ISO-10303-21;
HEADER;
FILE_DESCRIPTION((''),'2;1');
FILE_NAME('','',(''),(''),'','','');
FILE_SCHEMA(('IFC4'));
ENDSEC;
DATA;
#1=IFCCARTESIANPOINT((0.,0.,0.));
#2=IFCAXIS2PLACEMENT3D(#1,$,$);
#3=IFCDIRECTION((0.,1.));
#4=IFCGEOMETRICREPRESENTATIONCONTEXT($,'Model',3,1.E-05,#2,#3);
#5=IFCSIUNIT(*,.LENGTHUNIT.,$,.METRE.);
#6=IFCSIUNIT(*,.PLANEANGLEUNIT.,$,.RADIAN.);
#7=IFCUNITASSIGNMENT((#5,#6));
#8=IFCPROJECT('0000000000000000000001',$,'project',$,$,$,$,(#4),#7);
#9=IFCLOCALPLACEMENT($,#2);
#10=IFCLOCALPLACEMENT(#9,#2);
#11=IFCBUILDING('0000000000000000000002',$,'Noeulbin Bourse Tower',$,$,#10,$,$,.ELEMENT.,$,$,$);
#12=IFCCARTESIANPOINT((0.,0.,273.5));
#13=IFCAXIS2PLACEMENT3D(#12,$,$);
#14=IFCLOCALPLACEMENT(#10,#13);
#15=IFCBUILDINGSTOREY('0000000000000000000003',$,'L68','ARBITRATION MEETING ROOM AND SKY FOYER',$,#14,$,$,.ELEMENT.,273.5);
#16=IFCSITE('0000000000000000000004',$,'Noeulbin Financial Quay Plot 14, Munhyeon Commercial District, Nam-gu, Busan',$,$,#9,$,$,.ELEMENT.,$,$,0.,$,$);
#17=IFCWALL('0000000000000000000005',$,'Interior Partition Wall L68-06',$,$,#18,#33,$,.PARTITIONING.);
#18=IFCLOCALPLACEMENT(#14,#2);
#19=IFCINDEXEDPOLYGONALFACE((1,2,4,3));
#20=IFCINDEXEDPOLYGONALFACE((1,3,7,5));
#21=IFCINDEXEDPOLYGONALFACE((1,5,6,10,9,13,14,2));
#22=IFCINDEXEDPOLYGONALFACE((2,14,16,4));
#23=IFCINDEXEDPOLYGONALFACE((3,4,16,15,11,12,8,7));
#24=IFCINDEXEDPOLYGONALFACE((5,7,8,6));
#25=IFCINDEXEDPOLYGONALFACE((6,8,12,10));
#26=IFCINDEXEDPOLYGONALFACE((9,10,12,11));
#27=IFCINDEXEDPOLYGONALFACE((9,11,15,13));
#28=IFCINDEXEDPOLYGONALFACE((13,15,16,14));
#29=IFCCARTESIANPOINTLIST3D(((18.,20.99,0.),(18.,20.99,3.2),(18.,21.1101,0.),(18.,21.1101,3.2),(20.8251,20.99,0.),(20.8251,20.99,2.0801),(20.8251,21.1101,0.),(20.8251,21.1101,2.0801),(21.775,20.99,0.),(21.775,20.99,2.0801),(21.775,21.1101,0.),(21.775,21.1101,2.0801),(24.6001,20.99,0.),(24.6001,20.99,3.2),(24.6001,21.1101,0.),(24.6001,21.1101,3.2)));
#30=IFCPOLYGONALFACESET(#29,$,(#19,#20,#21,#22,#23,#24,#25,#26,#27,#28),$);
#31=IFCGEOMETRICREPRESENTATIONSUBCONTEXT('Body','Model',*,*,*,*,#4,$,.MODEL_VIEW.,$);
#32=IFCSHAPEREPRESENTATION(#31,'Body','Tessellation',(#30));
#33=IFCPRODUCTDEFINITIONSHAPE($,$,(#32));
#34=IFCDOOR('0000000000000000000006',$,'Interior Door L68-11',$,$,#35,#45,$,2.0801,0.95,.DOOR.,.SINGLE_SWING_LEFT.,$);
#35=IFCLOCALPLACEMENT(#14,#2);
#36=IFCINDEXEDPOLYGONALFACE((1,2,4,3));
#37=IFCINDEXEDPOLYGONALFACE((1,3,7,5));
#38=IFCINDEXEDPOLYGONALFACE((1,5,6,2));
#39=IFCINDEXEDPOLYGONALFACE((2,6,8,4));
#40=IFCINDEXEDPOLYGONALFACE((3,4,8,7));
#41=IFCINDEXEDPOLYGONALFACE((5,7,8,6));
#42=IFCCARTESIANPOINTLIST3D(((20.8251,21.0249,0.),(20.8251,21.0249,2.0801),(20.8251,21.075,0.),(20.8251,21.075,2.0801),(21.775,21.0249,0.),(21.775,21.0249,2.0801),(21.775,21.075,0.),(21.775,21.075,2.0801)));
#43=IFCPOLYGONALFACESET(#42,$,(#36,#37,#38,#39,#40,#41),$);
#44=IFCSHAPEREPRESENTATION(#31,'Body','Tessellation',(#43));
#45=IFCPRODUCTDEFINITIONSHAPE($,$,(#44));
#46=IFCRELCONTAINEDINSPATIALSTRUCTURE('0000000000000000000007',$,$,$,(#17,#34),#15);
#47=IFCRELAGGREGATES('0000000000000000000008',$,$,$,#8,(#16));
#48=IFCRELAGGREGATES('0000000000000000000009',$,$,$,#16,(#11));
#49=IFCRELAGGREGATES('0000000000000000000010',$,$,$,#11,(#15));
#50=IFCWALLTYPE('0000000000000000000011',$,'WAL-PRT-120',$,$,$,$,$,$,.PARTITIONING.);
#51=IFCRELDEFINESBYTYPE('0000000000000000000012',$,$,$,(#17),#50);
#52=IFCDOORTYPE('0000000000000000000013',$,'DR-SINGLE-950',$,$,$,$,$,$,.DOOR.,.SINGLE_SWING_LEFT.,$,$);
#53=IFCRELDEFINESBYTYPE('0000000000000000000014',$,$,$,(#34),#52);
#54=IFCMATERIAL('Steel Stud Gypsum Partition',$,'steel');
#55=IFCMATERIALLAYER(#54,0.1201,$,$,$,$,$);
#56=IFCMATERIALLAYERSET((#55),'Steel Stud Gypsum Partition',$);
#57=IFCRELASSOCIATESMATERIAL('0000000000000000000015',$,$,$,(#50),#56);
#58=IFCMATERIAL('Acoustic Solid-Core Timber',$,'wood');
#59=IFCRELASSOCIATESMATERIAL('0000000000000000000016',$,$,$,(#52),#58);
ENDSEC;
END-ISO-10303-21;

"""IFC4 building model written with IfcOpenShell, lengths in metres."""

from ifc_helpers import new_model, si_unit, direction, frame, frame_2d, origin, place, context, subcontext, project, spatial, rectangle, extrude, material, layer, layer_set, type_object, element, fill, save


model = new_model("IFC4")

# Units and contexts
model_context = context("Model", 3, precision=1e-05, world=origin(), true_north=direction((0.0, 1.0)))
body_context = subcontext(model_context, "Body", "Model", "MODEL_VIEW")
ifc_project = project(units=[si_unit("LENGTHUNIT", "METRE"), si_unit("PLANEANGLEUNIT", "RADIAN")], contexts=[model_context])

# Site, building, storey
site_placement = place(None, origin())
site = spatial("IfcSite", under=ifc_project, at=site_placement, Name="Noeulbin Financial Quay Plot 14, Munhyeon Commercial District, Nam-gu, Busan", CompositionType="ELEMENT", RefElevation=0.0)
building_placement = place(site_placement, origin())
building = spatial("IfcBuilding", under=site, at=building_placement, Name="Noeulbin Bourse Tower", CompositionType="ELEMENT")
storey_placement = place(building_placement, frame((0.0, 0.0, 273.5)))
storey = spatial("IfcBuildingStorey", under=building, at=storey_placement, Name="L68", Description="ARBITRATION MEETING ROOM AND SKY FOYER", CompositionType="ELEMENT", Elevation=273.5)

# Wall, opening, door
ifc_material_1 = material(Name="Steel Stud Gypsum Partition", Category="steel")
ifc_layer_1 = layer(ifc_material_1, 0.1201)
ifc_layer_set_1 = layer_set([ifc_layer_1], Name="Steel Stud Gypsum Partition")
wall_type_1 = type_object("IfcWallType", Name="WAL-PRT-120", PredefinedType="PARTITIONING", material=ifc_layer_set_1)
wall_1_placement = place(storey_placement, frame((18.0, 21.05, 0.0), z_axis=(0.0, 0.0, 1.0), x_axis=(1.0, 0.0, 0.0)))
wall_1 = element("IfcWall", 1, at=wall_1_placement, inside=storey, type_object=wall_type_1, Name="Interior Partition Wall L68-06", PredefinedType="PARTITIONING", context=body_context, shape_type="SweptSolid", body=[
    extrude(rectangle(XDim=6.6001, YDim=0.1201, at=frame_2d((3.3, 0.0))), origin(), (0.0, 0.0, 1.0), 3.2),
])
opening_1_placement = place(wall_1_placement, frame((2.825, 0.0, 0.0)))
opening_1 = element("IfcOpeningElement", 2, at=opening_1_placement, cuts=wall_1, PredefinedType="OPENING", context=body_context, shape_type="SweptSolid", body=[
    extrude(rectangle(XDim=0.95, YDim=2.0801, at=frame_2d((0.4751, 1.04))), frame((0.0, 0.0701, 0.0), z_axis=(0.0, -1.0, 0.0), x_axis=(1.0, 0.0, 0.0)), (0.0, 0.0, 1.0), 0.1401),
])
ifc_material_2 = material(Name="Acoustic Solid-Core Timber", Category="wood")
door_type_1 = type_object("IfcDoorType", Name="DR-SINGLE-950", OperationType="SINGLE_SWING_LEFT", PredefinedType="DOOR", material=ifc_material_2)
door_1_placement = place(opening_1_placement, origin())
door_1 = element("IfcDoor", 3, at=door_1_placement, inside=storey, type_object=door_type_1, Name="Interior Door L68-11", OperationType="SINGLE_SWING_LEFT", OverallHeight=2.0801, OverallWidth=0.95, PredefinedType="DOOR", context=body_context, shape_type="SweptSolid", body=[
    extrude(rectangle(XDim=0.95, YDim=2.0801, at=frame_2d((0.4751, 1.04))), frame((0.0, 0.0249, 0.0), z_axis=(0.0, -1.0, 0.0), x_axis=(1.0, 0.0, 0.0)), (0.0, 0.0, 1.0), 0.05),
])
fill(opening_1, door_1)

save(model, "model.ifc")
